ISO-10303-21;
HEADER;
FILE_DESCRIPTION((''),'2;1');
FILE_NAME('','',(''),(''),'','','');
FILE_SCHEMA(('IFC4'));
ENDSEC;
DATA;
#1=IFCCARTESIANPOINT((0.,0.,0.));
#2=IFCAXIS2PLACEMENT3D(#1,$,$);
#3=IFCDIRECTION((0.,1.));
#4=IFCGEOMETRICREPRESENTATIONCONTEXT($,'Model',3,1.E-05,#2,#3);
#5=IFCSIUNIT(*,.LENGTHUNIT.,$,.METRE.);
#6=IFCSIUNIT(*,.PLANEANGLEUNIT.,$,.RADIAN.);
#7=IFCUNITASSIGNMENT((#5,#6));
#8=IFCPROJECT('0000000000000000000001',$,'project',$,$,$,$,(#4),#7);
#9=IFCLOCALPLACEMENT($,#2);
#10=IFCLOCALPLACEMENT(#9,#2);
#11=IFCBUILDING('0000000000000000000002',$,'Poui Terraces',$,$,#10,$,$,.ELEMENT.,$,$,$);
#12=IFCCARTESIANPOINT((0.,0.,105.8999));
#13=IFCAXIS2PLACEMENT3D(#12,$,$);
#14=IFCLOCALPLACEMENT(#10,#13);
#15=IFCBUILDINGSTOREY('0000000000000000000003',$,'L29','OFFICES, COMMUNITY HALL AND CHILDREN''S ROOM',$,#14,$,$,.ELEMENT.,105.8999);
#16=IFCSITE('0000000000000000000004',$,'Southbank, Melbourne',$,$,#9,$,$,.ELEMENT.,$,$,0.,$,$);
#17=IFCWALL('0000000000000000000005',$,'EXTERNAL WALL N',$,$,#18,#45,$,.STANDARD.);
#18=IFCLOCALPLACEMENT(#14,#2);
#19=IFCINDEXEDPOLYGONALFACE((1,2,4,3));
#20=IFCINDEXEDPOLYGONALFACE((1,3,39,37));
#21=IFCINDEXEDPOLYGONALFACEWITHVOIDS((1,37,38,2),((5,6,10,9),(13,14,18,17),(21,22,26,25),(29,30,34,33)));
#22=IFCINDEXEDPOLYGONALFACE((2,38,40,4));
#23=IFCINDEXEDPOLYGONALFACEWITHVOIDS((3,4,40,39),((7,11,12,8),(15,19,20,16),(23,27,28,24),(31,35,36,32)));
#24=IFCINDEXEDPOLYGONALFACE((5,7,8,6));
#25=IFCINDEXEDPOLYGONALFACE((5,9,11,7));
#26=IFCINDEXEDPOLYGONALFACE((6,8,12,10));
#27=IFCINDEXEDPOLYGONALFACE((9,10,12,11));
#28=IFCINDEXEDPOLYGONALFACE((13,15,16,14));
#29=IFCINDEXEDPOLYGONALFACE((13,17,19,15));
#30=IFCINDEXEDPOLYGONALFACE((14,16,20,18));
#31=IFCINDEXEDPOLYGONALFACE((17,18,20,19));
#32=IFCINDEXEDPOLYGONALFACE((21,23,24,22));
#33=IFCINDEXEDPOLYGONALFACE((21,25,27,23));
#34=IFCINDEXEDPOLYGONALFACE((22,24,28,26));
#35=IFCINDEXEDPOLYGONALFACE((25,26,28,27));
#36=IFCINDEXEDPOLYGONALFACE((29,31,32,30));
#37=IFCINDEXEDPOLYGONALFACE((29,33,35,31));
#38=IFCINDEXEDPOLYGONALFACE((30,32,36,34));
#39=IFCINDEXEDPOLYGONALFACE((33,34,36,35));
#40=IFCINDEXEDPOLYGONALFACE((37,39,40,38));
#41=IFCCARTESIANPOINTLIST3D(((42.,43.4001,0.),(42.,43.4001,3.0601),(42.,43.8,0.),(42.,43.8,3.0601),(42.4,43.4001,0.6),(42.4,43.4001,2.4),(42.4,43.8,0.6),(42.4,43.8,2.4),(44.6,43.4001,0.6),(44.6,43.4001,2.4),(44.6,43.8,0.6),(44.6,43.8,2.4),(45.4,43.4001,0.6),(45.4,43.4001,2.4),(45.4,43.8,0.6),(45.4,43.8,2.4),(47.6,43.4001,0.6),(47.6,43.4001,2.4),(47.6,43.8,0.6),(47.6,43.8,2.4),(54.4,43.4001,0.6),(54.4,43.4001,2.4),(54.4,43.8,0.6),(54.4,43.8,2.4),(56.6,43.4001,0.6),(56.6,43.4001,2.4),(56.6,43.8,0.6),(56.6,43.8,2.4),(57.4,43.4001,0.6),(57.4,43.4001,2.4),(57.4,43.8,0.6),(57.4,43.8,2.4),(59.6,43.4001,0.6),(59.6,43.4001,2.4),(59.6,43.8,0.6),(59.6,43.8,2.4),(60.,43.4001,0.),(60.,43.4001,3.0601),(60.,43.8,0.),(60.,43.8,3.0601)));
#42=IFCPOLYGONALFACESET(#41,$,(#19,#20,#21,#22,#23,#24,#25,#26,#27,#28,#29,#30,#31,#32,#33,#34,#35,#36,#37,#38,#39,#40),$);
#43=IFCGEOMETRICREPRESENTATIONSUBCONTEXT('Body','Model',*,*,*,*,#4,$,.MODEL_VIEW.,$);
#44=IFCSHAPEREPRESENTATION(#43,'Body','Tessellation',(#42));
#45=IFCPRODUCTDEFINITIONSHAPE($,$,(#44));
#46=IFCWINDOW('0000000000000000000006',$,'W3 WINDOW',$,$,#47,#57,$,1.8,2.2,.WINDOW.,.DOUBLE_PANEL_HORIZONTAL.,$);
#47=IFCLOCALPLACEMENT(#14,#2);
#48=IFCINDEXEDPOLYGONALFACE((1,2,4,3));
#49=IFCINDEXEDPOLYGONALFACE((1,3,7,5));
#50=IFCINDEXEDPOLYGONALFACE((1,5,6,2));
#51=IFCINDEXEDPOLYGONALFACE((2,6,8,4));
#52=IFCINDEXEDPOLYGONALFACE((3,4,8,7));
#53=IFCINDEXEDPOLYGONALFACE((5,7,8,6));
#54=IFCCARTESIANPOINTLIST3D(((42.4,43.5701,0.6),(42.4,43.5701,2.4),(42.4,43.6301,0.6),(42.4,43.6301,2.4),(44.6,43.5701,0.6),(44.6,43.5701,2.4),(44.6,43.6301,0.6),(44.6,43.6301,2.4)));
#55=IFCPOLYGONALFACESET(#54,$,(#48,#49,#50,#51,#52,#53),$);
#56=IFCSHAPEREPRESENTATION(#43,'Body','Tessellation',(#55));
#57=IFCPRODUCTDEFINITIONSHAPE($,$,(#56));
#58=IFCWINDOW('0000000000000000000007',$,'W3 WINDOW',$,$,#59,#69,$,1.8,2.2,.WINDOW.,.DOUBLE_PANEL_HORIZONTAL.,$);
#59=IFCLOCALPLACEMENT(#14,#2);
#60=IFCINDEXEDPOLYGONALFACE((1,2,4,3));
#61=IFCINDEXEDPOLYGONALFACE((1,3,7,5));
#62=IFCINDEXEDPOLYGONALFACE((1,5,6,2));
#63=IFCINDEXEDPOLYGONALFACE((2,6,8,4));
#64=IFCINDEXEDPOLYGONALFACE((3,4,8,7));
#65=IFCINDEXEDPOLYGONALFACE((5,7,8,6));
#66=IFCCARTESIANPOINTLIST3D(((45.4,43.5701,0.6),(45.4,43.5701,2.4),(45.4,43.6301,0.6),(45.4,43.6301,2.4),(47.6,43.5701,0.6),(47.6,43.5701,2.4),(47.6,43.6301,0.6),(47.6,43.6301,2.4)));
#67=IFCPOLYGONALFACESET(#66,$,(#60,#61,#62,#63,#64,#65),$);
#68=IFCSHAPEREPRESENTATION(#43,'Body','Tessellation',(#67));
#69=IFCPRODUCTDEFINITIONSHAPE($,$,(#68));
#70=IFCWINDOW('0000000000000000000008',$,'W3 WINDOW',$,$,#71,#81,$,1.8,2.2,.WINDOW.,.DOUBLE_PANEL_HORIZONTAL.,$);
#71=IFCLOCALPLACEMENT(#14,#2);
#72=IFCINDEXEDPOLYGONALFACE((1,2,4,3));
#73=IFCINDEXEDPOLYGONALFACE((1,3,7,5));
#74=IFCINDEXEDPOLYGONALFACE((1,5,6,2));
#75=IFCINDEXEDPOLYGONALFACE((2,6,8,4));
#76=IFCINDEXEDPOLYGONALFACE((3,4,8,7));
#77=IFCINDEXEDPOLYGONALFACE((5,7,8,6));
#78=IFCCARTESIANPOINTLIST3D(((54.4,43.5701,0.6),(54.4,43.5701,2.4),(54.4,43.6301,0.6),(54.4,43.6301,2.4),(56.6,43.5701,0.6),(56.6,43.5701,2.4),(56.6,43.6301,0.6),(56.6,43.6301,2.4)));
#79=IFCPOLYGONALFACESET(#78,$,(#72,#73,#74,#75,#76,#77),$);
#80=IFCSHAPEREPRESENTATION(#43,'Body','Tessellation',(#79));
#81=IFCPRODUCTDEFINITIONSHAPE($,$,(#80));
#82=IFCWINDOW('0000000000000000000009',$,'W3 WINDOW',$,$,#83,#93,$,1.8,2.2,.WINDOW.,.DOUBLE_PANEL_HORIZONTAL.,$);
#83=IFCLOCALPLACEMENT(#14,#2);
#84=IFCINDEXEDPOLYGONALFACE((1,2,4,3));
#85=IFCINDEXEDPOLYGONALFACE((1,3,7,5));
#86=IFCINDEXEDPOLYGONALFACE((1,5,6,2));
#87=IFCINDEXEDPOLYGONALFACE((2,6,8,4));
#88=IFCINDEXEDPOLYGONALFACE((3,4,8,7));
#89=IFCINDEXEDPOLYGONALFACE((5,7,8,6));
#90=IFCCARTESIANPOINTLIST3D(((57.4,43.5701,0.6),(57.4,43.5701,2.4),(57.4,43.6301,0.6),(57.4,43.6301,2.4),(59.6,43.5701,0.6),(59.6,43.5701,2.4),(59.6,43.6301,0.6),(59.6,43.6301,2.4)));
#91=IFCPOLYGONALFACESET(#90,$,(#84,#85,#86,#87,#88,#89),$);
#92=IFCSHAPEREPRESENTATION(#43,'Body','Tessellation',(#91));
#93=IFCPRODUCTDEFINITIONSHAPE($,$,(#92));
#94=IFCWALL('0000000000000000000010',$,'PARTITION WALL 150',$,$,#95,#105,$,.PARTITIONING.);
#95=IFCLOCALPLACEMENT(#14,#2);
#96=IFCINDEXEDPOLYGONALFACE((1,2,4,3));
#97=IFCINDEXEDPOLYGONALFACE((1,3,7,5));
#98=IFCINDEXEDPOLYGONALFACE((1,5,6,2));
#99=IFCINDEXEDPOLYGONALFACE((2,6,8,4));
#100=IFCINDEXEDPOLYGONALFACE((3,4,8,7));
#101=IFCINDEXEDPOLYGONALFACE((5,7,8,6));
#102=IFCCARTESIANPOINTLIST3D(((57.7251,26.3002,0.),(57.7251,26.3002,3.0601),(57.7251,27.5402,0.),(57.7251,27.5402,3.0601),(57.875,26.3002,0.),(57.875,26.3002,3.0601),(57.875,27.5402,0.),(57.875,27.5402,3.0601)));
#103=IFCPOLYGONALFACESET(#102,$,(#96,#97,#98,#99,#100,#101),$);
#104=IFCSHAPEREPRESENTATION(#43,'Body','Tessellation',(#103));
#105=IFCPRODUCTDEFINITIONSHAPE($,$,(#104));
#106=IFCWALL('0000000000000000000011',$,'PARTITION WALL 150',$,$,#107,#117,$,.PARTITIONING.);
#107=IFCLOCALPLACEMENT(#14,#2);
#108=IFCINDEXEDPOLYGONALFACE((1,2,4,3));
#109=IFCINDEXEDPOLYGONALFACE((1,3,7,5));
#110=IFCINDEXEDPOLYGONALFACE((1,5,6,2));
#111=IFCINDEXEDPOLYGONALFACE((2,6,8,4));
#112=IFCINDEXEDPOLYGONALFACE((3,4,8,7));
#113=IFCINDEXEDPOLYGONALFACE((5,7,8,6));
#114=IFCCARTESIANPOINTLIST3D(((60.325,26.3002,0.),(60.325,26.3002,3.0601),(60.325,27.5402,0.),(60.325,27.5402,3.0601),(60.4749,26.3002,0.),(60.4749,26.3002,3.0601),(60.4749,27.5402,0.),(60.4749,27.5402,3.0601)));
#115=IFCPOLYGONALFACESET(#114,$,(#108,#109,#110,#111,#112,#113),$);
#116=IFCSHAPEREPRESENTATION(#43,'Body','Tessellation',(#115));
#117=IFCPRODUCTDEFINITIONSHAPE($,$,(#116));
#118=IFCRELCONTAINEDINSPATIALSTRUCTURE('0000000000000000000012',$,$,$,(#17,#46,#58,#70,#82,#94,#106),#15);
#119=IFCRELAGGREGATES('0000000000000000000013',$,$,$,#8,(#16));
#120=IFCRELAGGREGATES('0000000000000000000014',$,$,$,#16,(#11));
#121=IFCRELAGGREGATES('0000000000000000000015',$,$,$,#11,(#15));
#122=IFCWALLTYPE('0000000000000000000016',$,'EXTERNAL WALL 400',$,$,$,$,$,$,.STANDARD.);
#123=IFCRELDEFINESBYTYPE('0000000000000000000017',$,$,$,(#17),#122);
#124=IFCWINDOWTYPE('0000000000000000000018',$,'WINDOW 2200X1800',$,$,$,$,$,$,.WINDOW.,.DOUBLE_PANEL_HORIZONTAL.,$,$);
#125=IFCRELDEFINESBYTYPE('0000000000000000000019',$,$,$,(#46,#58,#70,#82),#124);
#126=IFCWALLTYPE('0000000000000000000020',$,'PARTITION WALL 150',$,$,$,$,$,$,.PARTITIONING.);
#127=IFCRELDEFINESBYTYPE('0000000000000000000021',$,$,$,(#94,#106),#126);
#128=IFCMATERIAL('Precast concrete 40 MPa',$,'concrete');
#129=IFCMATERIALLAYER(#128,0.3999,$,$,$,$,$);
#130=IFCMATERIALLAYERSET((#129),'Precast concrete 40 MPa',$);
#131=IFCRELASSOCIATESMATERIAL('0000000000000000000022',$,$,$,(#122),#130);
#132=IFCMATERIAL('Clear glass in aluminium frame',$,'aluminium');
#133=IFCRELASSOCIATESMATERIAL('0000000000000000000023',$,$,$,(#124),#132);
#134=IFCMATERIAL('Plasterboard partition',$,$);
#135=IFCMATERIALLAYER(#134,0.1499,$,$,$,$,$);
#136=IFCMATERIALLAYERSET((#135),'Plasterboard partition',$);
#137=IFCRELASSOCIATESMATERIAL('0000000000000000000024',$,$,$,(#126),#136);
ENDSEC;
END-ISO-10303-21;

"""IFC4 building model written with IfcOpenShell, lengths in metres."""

from ifc_helpers import new_model, si_unit, direction, frame, frame_2d, origin, place, context, subcontext, project, spatial, rectangle, extrude, material, layer, layer_set, type_object, element, fill, save


model = new_model("IFC4")

# Units and contexts
model_context = context("Model", 3, precision=1e-05, world=origin(), true_north=direction((0.0, 1.0)))
body_context = subcontext(model_context, "Body", "Model", "MODEL_VIEW")
ifc_project = project(units=[si_unit("LENGTHUNIT", "METRE"), si_unit("PLANEANGLEUNIT", "RADIAN")], contexts=[model_context])

# Site, building, storey
site_placement = place(None, origin())
site = spatial("IfcSite", under=ifc_project, at=site_placement, Name="Southbank, Melbourne", CompositionType="ELEMENT", RefElevation=0.0)
building_placement = place(site_placement, origin())
building = spatial("IfcBuilding", under=site, at=building_placement, Name="Poui Terraces", CompositionType="ELEMENT")
storey_placement = place(building_placement, frame((0.0, 0.0, 105.8999)))
storey = spatial("IfcBuildingStorey", under=building, at=storey_placement, Name="L29", Description="OFFICES, COMMUNITY HALL AND CHILDREN'S ROOM", CompositionType="ELEMENT", Elevation=105.8999)

# Wall, openings, windows
ifc_material_1 = material(Name="Precast concrete 40 MPa", Category="concrete")
ifc_layer_1 = layer(ifc_material_1, 0.3999)
ifc_layer_set_1 = layer_set([ifc_layer_1], Name="Precast concrete 40 MPa")
wall_type_1 = type_object("IfcWallType", Name="EXTERNAL WALL 400", PredefinedType="STANDARD", material=ifc_layer_set_1)
wall_1_placement = place(storey_placement, frame((60.0, 43.6001, 0.0), z_axis=(0.0, 0.0, 1.0), x_axis=(-1.0, 0.0, 0.0)))
wall_1 = element("IfcWall", 1, at=wall_1_placement, inside=storey, type_object=wall_type_1, Name="EXTERNAL WALL N", PredefinedType="STANDARD", context=body_context, shape_type="SweptSolid", body=[
    extrude(rectangle(XDim=18.0, YDim=0.3999, at=frame_2d((9.0, 0.0))), origin(), (0.0, 0.0, 1.0), 3.0601),
])
opening_1_placement = place(wall_1_placement, frame((15.3999, 0.0, 0.6001)))
opening_1 = element("IfcOpeningElement", 2, at=opening_1_placement, cuts=wall_1, PredefinedType="OPENING", context=body_context, shape_type="SweptSolid", body=[
    extrude(rectangle(XDim=2.2, YDim=1.8, at=frame_2d((1.1001, 0.8999))), frame((0.0, 0.21, 0.0), z_axis=(0.0, -1.0, 0.0), x_axis=(1.0, 0.0, 0.0)), (0.0, 0.0, 1.0), 0.4199),
])
opening_2_placement = place(wall_1_placement, frame((12.3999, 0.0, 0.6001)))
opening_2 = element("IfcOpeningElement", 3, at=opening_2_placement, cuts=wall_1, PredefinedType="OPENING", context=body_context, shape_type="SweptSolid", body=[
    extrude(rectangle(XDim=2.2, YDim=1.8, at=frame_2d((1.1001, 0.8999))), frame((0.0, 0.21, 0.0), z_axis=(0.0, -1.0, 0.0), x_axis=(1.0, 0.0, 0.0)), (0.0, 0.0, 1.0), 0.4199),
])
opening_3_placement = place(wall_1_placement, frame((3.3999, 0.0, 0.6001)))
opening_3 = element("IfcOpeningElement", 4, at=opening_3_placement, cuts=wall_1, PredefinedType="OPENING", context=body_context, shape_type="SweptSolid", body=[
    extrude(rectangle(XDim=2.2, YDim=1.8, at=frame_2d((1.1001, 0.8999))), frame((0.0, 0.21, 0.0), z_axis=(0.0, -1.0, 0.0), x_axis=(1.0, 0.0, 0.0)), (0.0, 0.0, 1.0), 0.4199),
])
opening_4_placement = place(wall_1_placement, frame((0.3999, 0.0, 0.6001)))
opening_4 = element("IfcOpeningElement", 5, at=opening_4_placement, cuts=wall_1, PredefinedType="OPENING", context=body_context, shape_type="SweptSolid", body=[
    extrude(rectangle(XDim=2.2, YDim=1.8, at=frame_2d((1.1001, 0.8999))), frame((0.0, 0.21, 0.0), z_axis=(0.0, -1.0, 0.0), x_axis=(1.0, 0.0, 0.0)), (0.0, 0.0, 1.0), 0.4199),
])
ifc_material_2 = material(Name="Clear glass in aluminium frame", Category="aluminium")
window_type = type_object("IfcWindowType", Name="WINDOW 2200X1800", PartitioningType="DOUBLE_PANEL_HORIZONTAL", PredefinedType="WINDOW", material=ifc_material_2)
window_1_placement = place(opening_1_placement, origin())
window_1 = element("IfcWindow", 6, at=window_1_placement, inside=storey, type_object=window_type, Name="W3 WINDOW", OverallHeight=1.8, OverallWidth=2.2, PartitioningType="DOUBLE_PANEL_HORIZONTAL", PredefinedType="WINDOW", context=body_context, shape_type="SweptSolid", body=[
    extrude(rectangle(XDim=2.2, YDim=1.8, at=frame_2d((1.1001, 0.8999))), frame((0.0, 0.03, 0.0), z_axis=(0.0, -1.0, 0.0), x_axis=(1.0, 0.0, 0.0)), (0.0, 0.0, 1.0), 0.0601),
])
fill(opening_1, window_1)
window_2_placement = place(opening_2_placement, origin())
window_2 = element("IfcWindow", 7, at=window_2_placement, inside=storey, type_object=window_type, Name="W3 WINDOW", OverallHeight=1.8, OverallWidth=2.2, PartitioningType="DOUBLE_PANEL_HORIZONTAL", PredefinedType="WINDOW", context=body_context, shape_type="SweptSolid", body=[
    extrude(rectangle(XDim=2.2, YDim=1.8, at=frame_2d((1.1001, 0.8999))), frame((0.0, 0.03, 0.0), z_axis=(0.0, -1.0, 0.0), x_axis=(1.0, 0.0, 0.0)), (0.0, 0.0, 1.0), 0.0601),
])
fill(opening_2, window_2)
window_3_placement = place(opening_3_placement, origin())
window_3 = element("IfcWindow", 8, at=window_3_placement, inside=storey, type_object=window_type, Name="W3 WINDOW", OverallHeight=1.8, OverallWidth=2.2, PartitioningType="DOUBLE_PANEL_HORIZONTAL", PredefinedType="WINDOW", context=body_context, shape_type="SweptSolid", body=[
    extrude(rectangle(XDim=2.2, YDim=1.8, at=frame_2d((1.1001, 0.8999))), frame((0.0, 0.03, 0.0), z_axis=(0.0, -1.0, 0.0), x_axis=(1.0, 0.0, 0.0)), (0.0, 0.0, 1.0), 0.0601),
])
fill(opening_3, window_3)
window_4_placement = place(opening_4_placement, origin())
window_4 = element("IfcWindow", 9, at=window_4_placement, inside=storey, type_object=window_type, Name="W3 WINDOW", OverallHeight=1.8, OverallWidth=2.2, PartitioningType="DOUBLE_PANEL_HORIZONTAL", PredefinedType="WINDOW", context=body_context, shape_type="SweptSolid", body=[
    extrude(rectangle(XDim=2.2, YDim=1.8, at=frame_2d((1.1001, 0.8999))), frame((0.0, 0.03, 0.0), z_axis=(0.0, -1.0, 0.0), x_axis=(1.0, 0.0, 0.0)), (0.0, 0.0, 1.0), 0.0601),
])
fill(opening_4, window_4)

# Walls
ifc_material_3 = material(Name="Plasterboard partition")
ifc_layer_2 = layer(ifc_material_3, 0.1499)
ifc_layer_set_2 = layer_set([ifc_layer_2], Name="Plasterboard partition")
wall_type_2 = type_object("IfcWallType", Name="PARTITION WALL 150", PredefinedType="PARTITIONING", material=ifc_layer_set_2)
for number, where, z_axis, x_axis, name in (
    (10, (57.8, 26.3, 0.0), (0.0, 0.0, 1.0), (0.0, 1.0, 0.0), "PARTITION WALL 150"),
    (11, (60.3999, 26.3, 0.0), (0.0, 0.0, 1.0), (0.0, 1.0, 0.0), "PARTITION WALL 150"),
):
    element("IfcWall", number, at=place(storey_placement, frame(where, z_axis=z_axis, x_axis=x_axis)), inside=storey, type_object=wall_type_2, Name=name, PredefinedType="PARTITIONING", context=body_context, shape_type="SweptSolid", body=[
        extrude(rectangle(XDim=1.24, YDim=0.1499, at=frame_2d((0.6201, 0.0))), origin(), (0.0, 0.0, 1.0), 3.0601),
    ])

save(model, "model.ifc")
